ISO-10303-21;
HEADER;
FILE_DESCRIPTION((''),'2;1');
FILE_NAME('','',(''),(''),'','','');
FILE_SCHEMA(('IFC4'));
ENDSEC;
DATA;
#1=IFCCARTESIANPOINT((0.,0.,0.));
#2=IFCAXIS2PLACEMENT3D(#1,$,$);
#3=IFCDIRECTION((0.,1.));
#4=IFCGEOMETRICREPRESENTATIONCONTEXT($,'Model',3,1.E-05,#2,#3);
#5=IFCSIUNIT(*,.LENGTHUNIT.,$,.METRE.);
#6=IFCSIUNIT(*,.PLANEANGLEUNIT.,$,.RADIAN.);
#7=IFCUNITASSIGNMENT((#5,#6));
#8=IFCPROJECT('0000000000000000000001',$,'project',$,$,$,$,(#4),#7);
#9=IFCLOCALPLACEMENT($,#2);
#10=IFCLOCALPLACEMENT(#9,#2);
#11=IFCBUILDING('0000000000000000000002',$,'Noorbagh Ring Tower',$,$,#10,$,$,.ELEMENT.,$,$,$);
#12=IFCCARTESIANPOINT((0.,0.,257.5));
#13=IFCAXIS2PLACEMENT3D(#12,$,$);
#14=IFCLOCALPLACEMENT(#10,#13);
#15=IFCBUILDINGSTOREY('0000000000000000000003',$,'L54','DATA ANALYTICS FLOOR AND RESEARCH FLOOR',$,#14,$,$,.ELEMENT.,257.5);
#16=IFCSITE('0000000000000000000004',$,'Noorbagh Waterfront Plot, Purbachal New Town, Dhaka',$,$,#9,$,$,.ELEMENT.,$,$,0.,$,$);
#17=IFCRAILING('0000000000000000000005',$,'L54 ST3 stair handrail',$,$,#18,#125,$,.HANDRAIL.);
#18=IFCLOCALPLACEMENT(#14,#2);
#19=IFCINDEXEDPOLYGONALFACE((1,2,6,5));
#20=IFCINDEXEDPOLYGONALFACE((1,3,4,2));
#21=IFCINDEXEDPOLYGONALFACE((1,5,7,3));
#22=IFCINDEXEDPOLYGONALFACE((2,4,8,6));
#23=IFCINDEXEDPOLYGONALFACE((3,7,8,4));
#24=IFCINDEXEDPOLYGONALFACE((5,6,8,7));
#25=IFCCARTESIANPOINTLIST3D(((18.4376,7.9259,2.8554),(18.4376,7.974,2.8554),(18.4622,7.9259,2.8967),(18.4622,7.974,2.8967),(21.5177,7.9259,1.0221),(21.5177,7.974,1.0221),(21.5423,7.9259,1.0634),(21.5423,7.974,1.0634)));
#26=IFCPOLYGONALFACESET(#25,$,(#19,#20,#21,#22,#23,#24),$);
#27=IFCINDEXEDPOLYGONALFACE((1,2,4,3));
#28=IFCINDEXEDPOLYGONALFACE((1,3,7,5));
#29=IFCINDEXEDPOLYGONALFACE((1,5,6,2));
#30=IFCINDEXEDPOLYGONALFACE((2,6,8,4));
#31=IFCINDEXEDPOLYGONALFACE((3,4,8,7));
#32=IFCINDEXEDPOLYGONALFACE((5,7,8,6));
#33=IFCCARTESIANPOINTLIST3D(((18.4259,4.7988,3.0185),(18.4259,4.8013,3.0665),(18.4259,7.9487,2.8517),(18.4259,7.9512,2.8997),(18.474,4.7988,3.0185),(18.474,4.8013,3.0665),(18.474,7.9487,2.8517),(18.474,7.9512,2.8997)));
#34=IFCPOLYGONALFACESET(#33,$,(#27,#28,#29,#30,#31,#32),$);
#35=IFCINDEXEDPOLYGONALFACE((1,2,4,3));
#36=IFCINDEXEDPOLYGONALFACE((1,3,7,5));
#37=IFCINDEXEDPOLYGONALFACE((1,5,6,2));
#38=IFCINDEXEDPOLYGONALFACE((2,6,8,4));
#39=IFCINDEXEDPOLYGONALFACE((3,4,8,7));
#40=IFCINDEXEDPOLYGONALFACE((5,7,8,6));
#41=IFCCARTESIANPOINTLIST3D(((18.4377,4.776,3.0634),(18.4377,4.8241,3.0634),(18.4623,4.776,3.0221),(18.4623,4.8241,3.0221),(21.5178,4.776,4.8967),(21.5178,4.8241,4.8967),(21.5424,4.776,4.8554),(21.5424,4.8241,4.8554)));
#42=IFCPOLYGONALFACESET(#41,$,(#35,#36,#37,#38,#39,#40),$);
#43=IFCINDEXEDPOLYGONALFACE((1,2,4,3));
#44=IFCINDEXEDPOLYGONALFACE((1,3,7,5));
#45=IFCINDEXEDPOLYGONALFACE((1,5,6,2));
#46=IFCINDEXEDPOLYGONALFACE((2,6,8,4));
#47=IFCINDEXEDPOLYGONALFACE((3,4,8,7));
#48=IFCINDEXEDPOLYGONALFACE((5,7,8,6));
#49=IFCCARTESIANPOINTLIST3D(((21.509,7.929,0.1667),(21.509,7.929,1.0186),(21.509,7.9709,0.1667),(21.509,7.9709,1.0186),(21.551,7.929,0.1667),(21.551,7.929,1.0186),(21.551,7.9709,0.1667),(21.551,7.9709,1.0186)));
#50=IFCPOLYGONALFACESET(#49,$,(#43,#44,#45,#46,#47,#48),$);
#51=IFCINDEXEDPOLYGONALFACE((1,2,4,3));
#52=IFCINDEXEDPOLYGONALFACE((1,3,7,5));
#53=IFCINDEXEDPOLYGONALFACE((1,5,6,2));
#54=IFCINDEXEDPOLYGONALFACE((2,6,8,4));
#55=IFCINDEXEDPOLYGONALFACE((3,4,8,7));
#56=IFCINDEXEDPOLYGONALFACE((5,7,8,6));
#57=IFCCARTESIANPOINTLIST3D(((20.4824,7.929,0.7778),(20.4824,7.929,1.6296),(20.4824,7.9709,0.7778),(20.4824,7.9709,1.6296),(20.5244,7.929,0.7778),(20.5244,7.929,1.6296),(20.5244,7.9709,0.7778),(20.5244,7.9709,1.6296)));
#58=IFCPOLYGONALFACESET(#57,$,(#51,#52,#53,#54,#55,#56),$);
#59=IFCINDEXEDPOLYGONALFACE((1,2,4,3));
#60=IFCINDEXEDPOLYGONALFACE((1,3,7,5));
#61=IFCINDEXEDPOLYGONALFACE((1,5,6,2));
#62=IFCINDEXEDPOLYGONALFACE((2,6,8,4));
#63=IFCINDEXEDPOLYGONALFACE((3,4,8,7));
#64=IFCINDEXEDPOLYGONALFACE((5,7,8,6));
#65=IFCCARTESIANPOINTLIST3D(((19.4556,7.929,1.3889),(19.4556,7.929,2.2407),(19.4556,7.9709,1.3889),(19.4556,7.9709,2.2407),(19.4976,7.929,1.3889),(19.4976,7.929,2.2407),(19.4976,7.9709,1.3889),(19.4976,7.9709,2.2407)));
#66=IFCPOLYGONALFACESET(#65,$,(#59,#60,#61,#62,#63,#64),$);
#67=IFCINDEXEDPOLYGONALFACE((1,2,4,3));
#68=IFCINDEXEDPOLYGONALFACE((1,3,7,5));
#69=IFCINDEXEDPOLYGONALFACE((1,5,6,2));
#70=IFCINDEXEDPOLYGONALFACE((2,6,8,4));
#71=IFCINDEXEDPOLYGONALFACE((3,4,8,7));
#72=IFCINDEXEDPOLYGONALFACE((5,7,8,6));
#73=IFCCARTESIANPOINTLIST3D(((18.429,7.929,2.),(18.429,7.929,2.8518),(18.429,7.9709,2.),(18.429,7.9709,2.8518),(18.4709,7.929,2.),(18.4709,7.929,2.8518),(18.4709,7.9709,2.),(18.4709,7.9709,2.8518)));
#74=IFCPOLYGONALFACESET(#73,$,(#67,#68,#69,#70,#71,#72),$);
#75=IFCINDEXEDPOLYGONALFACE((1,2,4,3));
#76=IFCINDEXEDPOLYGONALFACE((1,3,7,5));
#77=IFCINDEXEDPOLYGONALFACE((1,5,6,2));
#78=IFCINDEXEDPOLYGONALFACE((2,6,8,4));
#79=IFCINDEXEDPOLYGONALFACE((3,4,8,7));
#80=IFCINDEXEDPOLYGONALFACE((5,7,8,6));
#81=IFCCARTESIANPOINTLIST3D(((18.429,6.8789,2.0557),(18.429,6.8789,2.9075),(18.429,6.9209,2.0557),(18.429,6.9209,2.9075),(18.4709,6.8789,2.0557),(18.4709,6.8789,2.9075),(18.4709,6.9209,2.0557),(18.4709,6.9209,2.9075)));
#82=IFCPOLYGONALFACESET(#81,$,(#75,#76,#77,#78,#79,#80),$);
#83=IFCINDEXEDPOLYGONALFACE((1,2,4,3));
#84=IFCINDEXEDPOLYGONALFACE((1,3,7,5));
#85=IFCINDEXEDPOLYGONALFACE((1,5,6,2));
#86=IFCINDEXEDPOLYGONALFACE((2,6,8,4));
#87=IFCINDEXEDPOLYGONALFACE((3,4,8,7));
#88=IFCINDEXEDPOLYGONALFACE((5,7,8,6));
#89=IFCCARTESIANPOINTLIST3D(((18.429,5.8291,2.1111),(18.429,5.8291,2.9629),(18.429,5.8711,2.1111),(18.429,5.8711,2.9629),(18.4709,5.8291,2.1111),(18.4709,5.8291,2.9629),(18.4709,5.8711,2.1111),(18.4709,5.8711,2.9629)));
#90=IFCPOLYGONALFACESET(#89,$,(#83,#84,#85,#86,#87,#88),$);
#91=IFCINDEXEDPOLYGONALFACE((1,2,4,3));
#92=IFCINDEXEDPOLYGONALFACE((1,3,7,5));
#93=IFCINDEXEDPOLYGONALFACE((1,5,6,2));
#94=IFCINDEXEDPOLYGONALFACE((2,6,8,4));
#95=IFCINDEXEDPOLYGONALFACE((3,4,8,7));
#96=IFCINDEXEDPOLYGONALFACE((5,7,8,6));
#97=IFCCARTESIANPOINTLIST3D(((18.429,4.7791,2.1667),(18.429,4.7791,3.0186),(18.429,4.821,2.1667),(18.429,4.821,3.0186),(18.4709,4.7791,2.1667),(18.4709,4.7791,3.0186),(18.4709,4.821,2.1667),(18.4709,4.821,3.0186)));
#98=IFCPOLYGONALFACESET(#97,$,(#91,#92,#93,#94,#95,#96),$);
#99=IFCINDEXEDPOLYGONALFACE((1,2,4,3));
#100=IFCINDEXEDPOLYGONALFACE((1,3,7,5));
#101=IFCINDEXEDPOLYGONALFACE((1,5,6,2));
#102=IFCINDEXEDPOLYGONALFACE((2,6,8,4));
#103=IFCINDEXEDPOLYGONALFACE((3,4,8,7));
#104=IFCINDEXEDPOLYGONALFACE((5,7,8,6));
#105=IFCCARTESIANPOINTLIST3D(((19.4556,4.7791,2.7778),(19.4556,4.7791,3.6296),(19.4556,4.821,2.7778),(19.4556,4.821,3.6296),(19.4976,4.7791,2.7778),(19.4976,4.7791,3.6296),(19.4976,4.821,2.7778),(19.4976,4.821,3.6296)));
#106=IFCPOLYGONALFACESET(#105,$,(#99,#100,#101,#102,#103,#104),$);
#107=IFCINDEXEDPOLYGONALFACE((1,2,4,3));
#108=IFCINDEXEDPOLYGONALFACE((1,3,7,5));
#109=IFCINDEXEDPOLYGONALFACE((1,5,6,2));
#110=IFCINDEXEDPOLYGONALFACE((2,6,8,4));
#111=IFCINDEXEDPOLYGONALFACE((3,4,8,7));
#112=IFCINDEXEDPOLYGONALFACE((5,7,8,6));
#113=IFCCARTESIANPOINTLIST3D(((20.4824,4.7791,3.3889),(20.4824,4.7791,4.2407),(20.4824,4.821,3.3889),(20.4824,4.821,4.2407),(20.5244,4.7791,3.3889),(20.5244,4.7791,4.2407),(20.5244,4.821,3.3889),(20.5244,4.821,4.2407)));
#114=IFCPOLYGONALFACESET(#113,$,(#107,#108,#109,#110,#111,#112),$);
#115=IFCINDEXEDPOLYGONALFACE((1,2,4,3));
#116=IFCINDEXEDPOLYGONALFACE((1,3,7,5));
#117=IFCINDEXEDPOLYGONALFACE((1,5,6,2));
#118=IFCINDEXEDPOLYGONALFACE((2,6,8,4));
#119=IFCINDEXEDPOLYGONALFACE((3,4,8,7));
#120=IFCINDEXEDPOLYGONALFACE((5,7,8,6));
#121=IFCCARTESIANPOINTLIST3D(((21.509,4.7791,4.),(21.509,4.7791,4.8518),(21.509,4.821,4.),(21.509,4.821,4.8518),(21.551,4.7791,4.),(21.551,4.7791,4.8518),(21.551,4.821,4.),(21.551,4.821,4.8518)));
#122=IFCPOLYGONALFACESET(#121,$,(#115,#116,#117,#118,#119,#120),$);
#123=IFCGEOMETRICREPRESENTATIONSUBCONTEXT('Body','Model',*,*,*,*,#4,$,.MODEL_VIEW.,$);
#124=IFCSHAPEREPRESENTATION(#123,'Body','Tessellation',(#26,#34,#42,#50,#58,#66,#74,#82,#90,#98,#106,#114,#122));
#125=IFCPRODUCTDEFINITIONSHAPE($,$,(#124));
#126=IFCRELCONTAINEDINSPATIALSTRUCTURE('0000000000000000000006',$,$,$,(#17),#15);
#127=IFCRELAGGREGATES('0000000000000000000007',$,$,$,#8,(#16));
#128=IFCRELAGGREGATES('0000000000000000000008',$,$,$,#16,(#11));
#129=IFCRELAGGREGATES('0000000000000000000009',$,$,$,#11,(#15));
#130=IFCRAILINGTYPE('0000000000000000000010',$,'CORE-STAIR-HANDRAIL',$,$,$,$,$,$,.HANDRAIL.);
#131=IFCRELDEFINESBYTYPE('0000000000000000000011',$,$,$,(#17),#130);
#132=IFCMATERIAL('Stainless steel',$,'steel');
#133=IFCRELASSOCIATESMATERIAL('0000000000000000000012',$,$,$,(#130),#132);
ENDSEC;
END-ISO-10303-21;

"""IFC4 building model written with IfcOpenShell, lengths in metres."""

from ifc_helpers import new_model, si_unit, direction, frame, origin, origin_2d, place, context, subcontext, project, spatial, rectangle, extrude, material, type_object, element, save


model = new_model("IFC4")

# Units and contexts
model_context = context("Model", 3, precision=1e-05, world=origin(), true_north=direction((0.0, 1.0)))
body_context = subcontext(model_context, "Body", "Model", "MODEL_VIEW")
ifc_project = project(units=[si_unit("LENGTHUNIT", "METRE"), si_unit("PLANEANGLEUNIT", "RADIAN")], contexts=[model_context])

# Site, building, storey
site_placement = place(None, origin())
site = spatial("IfcSite", under=ifc_project, at=site_placement, Name="Noorbagh Waterfront Plot, Purbachal New Town, Dhaka", CompositionType="ELEMENT", RefElevation=0.0)
building_placement = place(site_placement, origin())
building = spatial("IfcBuilding", under=site, at=building_placement, Name="Noorbagh Ring Tower", CompositionType="ELEMENT")
storey_placement = place(building_placement, frame((0.0, 0.0, 257.5)))
storey = spatial("IfcBuildingStorey", under=building, at=storey_placement, Name="L54", Description="DATA ANALYTICS FLOOR AND RESEARCH FLOOR", CompositionType="ELEMENT", Elevation=257.5)

# Railing
ifc_material_1 = material(Name="Stainless steel", Category="steel")
railing_type_1 = type_object("IfcRailingType", Name="CORE-STAIR-HANDRAIL", PredefinedType="HANDRAIL", material=ifc_material_1)
railing_1_placement = place(storey_placement, frame((21.53, 7.95, 0.1667)))
element("IfcRailing", 1, at=railing_1_placement, inside=storey, type_object=railing_type_1, Name="L54 ST3 stair handrail", PredefinedType="HANDRAIL", context=body_context, shape_type="SweptSolid", body=[
    extrude(rectangle(XDim=0.0481, YDim=0.0481, at=origin_2d()), frame((0.0, 0.0, 0.876), z_axis=(-0.859309, 0.0, 0.511458), x_axis=(0.0, -1.0, 0.0)), (0.0, 0.0, 1.0), 3.5845),
    extrude(rectangle(XDim=0.0481, YDim=0.0481, at=origin_2d()), frame((-3.0801, 0.0, 2.709), z_axis=(0.0, -0.998602, 0.052864), x_axis=(1.0, 0.0, 0.0)), (0.0, 0.0, 1.0), 3.1543),
    extrude(rectangle(XDim=0.0481, YDim=0.0481, at=origin_2d()), frame((-3.0801, -3.1499, 2.876), z_axis=(0.859309, 0.0, 0.511458), x_axis=(0.0, 1.0, 0.0)), (0.0, 0.0, 1.0), 3.5845),
    extrude(rectangle(XDim=0.042, YDim=0.042, at=origin_2d()), origin(), (0.0, 0.0, 1.0), 0.8518),
    extrude(rectangle(XDim=0.042, YDim=0.042, at=origin_2d()), frame((-1.0266, 0.0, 0.6111)), (0.0, 0.0, 1.0), 0.8518),
    extrude(rectangle(XDim=0.042, YDim=0.042, at=origin_2d()), frame((-2.0535, 0.0, 1.2222)), (0.0, 0.0, 1.0), 0.8518),
    extrude(rectangle(XDim=0.042, YDim=0.042, at=origin_2d()), frame((-3.0801, 0.0, 1.8333)), (0.0, 0.0, 1.0), 0.8518),
    extrude(rectangle(XDim=0.042, YDim=0.042, at=origin_2d()), frame((-3.0801, -1.05, 1.8889)), (0.0, 0.0, 1.0), 0.8518),
    extrude(rectangle(XDim=0.042, YDim=0.042, at=origin_2d()), frame((-3.0801, -2.0999, 1.9443)), (0.0, 0.0, 1.0), 0.8518),
    extrude(rectangle(XDim=0.042, YDim=0.042, at=origin_2d()), frame((-3.0801, -3.1499, 2.0)), (0.0, 0.0, 1.0), 0.8518),
    extrude(rectangle(XDim=0.042, YDim=0.042, at=origin_2d()), frame((-2.0535, -3.1499, 2.6111)), (0.0, 0.0, 1.0), 0.8518),
    extrude(rectangle(XDim=0.042, YDim=0.042, at=origin_2d()), frame((-1.0266, -3.1499, 3.2222)), (0.0, 0.0, 1.0), 0.8518),
    extrude(rectangle(XDim=0.042, YDim=0.042, at=origin_2d()), frame((0.0, -3.1499, 3.8333)), (0.0, 0.0, 1.0), 0.8518),
])

save(model, "model.ifc")
